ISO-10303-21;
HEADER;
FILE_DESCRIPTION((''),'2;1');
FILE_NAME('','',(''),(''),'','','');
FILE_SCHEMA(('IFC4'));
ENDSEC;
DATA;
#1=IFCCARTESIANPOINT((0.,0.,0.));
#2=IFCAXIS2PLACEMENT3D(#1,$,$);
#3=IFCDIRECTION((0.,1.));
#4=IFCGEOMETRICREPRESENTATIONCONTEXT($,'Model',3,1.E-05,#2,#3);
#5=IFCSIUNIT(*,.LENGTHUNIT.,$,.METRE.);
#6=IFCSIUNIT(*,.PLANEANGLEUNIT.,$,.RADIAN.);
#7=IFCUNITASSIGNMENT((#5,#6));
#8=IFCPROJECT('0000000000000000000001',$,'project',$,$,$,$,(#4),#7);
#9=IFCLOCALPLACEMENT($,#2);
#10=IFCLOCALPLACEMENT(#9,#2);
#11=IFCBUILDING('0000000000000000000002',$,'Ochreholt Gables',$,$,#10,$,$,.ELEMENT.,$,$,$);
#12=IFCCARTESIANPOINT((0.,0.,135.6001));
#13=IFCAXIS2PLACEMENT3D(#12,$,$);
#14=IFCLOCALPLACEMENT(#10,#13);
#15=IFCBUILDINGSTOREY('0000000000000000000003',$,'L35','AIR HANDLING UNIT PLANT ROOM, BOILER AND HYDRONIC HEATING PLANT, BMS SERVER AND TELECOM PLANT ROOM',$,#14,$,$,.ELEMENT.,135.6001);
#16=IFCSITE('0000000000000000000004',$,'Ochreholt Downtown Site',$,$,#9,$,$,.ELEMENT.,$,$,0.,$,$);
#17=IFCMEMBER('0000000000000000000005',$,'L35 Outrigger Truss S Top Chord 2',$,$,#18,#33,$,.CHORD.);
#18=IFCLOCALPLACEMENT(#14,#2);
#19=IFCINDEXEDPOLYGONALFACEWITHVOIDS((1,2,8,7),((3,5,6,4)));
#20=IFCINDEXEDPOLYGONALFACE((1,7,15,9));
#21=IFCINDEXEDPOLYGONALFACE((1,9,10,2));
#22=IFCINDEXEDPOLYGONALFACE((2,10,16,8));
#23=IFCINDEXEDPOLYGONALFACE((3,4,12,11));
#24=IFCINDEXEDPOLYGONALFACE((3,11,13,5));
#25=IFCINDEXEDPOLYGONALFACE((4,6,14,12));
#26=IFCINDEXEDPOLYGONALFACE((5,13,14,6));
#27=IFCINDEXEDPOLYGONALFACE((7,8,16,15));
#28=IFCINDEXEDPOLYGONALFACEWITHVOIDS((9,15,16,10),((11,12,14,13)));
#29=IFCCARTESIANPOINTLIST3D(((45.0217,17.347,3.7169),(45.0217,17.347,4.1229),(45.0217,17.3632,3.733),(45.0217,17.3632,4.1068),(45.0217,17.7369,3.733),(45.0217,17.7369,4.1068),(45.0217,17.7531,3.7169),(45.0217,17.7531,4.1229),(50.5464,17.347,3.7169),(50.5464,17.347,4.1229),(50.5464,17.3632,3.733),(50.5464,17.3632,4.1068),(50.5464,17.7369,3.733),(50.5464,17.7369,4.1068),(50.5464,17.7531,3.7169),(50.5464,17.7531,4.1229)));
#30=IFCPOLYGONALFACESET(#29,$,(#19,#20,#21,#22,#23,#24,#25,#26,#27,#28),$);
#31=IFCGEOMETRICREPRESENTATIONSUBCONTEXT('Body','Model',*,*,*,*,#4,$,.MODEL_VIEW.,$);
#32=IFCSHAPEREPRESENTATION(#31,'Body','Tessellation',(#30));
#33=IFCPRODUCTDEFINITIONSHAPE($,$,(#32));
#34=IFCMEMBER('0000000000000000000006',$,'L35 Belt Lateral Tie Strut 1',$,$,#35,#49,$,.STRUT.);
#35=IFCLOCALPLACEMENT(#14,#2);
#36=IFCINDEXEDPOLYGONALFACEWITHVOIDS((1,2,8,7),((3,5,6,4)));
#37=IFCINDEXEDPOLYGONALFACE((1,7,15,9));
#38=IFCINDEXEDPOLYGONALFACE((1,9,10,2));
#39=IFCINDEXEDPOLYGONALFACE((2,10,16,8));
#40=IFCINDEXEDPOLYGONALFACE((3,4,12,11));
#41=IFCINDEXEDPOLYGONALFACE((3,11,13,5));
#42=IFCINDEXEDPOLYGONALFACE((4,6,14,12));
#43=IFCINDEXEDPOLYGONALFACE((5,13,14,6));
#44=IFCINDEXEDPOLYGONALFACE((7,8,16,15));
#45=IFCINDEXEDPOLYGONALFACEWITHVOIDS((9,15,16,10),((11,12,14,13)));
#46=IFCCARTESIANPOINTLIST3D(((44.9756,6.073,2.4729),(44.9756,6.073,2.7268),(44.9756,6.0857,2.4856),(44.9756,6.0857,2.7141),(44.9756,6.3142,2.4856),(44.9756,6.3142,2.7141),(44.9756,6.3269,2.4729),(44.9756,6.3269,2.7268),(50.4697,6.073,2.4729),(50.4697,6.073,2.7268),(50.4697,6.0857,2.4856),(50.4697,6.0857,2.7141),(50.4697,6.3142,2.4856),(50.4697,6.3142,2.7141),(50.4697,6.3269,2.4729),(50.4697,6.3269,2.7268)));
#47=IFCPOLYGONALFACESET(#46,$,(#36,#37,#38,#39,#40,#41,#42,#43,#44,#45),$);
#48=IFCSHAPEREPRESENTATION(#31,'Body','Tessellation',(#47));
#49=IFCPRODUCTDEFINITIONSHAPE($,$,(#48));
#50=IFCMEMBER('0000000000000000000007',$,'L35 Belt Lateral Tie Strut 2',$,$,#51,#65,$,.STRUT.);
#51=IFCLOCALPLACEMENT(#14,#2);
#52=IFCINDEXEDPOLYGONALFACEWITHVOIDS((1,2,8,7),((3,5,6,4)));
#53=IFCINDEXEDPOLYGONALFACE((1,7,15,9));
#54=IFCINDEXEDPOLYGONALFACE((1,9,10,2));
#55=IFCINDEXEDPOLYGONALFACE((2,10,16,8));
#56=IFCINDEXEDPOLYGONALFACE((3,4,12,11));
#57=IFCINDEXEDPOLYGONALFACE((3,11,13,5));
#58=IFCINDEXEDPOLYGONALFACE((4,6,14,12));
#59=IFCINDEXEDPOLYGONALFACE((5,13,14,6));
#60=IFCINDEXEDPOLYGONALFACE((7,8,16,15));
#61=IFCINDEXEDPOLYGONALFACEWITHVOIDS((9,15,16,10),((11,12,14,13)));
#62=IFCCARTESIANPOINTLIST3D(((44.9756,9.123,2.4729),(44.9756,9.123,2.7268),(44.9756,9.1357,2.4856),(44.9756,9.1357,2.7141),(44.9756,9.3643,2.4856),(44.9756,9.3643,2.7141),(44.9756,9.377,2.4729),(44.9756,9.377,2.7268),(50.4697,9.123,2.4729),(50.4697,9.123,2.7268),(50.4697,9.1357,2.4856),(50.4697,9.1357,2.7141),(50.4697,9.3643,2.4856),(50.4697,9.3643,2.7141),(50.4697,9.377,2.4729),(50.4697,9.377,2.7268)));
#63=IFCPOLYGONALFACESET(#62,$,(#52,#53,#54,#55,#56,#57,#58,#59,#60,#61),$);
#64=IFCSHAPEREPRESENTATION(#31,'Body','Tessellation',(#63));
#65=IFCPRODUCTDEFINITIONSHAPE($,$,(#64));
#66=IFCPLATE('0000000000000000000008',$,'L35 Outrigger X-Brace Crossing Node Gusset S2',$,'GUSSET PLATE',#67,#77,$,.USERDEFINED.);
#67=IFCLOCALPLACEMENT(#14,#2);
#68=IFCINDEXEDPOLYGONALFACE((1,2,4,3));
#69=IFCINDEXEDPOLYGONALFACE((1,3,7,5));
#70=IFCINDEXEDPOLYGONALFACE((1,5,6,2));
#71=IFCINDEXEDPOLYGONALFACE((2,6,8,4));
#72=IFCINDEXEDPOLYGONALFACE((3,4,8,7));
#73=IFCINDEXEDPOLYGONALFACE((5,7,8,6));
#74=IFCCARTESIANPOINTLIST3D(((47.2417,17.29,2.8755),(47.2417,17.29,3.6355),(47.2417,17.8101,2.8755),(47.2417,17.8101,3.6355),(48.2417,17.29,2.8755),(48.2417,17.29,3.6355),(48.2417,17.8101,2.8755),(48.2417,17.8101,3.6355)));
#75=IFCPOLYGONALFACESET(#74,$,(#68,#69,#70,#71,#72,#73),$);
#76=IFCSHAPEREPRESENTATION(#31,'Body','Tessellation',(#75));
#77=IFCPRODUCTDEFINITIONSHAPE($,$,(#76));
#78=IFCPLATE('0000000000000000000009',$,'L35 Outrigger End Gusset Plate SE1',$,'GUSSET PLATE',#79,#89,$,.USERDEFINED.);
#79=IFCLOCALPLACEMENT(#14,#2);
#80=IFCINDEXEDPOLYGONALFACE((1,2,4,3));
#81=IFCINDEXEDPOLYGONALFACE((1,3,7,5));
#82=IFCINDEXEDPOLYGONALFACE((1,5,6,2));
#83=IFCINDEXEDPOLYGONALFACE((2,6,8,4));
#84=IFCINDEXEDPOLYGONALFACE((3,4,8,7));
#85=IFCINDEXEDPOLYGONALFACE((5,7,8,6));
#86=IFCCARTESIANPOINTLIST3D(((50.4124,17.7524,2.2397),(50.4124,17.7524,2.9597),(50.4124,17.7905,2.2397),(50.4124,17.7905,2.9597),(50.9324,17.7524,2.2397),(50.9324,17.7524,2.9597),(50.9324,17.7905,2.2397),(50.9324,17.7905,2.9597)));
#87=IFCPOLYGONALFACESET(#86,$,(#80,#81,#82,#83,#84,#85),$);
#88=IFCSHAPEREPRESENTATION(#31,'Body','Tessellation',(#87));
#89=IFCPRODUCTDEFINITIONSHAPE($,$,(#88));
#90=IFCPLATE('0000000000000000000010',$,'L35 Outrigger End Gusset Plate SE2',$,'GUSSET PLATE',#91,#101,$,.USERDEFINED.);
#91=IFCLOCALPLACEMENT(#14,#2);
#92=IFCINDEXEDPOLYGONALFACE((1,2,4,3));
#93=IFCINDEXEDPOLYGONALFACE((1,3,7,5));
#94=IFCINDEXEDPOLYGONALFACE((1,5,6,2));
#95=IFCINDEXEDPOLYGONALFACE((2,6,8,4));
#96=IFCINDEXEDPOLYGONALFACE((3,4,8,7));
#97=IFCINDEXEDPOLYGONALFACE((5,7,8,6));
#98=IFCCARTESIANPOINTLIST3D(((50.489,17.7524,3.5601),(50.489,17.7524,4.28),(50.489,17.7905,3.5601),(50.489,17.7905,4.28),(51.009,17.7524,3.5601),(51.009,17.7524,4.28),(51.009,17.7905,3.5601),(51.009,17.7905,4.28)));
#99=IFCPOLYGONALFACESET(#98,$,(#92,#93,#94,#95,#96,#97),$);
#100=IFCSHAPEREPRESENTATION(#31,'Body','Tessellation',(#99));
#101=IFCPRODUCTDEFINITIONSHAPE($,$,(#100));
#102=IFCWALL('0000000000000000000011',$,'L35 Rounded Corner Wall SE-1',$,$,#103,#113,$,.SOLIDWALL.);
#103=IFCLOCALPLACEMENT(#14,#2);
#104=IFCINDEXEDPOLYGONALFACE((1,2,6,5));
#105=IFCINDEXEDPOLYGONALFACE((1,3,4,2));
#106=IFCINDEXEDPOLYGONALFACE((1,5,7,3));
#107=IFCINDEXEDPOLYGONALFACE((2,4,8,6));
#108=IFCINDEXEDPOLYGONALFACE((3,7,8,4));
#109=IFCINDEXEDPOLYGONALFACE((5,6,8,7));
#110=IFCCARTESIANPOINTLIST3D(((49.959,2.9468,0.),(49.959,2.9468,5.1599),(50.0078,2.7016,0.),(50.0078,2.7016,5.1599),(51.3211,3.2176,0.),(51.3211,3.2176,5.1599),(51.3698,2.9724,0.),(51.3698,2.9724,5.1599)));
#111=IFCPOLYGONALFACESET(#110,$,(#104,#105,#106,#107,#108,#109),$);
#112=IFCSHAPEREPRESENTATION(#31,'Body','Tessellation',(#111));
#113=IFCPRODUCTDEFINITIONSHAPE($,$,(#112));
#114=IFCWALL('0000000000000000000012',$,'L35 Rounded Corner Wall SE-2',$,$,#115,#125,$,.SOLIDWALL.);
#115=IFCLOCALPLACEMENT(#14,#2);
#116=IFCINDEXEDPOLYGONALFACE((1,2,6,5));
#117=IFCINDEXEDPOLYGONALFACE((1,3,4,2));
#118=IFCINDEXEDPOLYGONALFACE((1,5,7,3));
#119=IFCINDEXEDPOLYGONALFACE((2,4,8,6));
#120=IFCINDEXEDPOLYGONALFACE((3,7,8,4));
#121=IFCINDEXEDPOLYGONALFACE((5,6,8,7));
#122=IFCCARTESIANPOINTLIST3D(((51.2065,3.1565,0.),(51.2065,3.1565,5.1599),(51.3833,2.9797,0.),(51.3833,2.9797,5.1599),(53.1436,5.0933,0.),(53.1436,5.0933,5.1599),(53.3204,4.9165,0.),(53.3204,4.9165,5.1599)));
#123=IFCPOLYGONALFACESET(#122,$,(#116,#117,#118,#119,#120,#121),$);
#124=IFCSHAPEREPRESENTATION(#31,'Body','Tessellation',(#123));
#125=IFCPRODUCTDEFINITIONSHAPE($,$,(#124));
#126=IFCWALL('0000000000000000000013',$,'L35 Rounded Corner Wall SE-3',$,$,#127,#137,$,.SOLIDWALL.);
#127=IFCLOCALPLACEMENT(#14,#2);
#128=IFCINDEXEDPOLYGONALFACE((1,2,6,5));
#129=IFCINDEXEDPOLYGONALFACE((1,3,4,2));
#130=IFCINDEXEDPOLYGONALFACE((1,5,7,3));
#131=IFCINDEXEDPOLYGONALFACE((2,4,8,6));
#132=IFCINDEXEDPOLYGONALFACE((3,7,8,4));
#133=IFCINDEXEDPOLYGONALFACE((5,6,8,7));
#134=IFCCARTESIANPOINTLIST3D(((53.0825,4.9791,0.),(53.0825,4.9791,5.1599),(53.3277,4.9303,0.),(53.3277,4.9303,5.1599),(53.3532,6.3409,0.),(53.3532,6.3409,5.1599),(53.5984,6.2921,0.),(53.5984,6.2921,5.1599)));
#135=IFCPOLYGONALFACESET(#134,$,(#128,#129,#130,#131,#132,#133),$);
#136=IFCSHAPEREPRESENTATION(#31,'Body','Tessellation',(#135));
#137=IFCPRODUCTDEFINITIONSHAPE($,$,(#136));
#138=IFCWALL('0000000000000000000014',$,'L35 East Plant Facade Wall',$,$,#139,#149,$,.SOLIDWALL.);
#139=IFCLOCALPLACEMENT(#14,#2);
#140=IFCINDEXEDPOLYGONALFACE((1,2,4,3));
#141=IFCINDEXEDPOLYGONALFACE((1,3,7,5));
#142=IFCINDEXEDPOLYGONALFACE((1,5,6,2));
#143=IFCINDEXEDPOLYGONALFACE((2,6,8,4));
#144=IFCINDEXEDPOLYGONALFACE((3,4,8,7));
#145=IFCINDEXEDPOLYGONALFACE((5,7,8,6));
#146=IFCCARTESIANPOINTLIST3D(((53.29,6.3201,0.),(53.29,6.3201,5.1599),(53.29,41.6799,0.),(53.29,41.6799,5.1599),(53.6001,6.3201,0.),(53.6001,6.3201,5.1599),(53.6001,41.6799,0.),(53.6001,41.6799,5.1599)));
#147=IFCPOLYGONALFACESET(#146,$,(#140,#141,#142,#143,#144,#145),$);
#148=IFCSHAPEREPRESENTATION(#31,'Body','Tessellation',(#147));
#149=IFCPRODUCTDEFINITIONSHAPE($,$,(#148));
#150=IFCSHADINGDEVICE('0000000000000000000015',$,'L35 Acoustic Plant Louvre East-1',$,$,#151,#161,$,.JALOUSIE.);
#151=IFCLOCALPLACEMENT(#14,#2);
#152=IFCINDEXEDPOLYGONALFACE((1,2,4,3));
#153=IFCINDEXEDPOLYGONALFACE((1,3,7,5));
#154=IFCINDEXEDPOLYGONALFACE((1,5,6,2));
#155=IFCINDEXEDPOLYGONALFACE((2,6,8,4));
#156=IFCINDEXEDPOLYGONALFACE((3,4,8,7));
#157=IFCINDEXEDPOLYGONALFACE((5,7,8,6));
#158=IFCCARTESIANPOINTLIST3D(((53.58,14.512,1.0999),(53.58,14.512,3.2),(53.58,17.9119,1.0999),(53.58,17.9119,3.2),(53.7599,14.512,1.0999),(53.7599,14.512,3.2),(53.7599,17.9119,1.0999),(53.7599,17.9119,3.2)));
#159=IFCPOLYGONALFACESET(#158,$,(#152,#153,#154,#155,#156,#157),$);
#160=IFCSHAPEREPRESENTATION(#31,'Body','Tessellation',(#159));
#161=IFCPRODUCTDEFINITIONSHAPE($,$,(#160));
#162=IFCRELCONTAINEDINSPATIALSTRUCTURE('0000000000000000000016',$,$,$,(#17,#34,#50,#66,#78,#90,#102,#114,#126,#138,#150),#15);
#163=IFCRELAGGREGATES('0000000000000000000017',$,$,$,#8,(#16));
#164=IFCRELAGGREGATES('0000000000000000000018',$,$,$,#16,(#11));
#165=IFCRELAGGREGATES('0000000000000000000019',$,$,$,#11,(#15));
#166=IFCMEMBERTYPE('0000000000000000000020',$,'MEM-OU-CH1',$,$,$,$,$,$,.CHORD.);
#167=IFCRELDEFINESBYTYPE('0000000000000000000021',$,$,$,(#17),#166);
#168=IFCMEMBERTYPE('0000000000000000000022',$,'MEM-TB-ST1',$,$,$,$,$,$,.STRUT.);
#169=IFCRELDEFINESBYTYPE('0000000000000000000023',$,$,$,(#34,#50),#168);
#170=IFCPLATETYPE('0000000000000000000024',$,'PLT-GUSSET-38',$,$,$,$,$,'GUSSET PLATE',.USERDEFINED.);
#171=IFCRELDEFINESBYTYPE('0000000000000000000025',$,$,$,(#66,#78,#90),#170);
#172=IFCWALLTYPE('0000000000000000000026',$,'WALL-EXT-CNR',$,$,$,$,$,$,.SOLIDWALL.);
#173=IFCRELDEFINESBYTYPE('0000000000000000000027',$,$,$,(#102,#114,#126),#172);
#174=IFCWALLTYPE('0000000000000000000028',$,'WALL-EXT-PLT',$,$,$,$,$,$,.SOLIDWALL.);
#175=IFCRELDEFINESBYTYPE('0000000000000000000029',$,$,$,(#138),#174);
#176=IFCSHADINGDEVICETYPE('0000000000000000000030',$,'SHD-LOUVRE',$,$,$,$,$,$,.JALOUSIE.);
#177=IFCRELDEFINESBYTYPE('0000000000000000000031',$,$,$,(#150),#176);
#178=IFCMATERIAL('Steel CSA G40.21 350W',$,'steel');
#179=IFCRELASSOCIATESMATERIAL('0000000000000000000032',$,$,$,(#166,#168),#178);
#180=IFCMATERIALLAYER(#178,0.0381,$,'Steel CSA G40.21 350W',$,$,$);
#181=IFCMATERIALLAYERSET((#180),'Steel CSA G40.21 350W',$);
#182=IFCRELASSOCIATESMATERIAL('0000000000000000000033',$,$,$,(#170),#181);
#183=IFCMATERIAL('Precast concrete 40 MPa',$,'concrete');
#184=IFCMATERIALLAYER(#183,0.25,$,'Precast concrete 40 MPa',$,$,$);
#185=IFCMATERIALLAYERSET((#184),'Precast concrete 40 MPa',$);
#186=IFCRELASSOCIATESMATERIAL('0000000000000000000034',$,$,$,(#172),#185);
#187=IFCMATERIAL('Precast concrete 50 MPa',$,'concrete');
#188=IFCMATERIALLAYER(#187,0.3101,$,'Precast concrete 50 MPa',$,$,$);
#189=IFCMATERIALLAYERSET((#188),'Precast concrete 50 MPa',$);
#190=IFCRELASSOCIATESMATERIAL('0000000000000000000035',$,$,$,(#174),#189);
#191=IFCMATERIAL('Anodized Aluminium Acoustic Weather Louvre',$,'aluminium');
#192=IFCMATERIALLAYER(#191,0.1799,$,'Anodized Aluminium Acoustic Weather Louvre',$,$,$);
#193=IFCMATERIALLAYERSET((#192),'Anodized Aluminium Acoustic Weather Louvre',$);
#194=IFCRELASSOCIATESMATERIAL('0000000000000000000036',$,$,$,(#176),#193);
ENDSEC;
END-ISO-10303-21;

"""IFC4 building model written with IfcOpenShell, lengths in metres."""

from ifc_helpers import new_model, si_unit, direction, frame, frame_2d, origin, origin_2d, place, context, subcontext, project, spatial, rectangle, hollow_rectangle, extrude, material, layer, layer_set, material_profile, profile_set, type_object, element, save


model = new_model("IFC4")

# Units and contexts
model_context = context("Model", 3, precision=1e-05, world=origin(), true_north=direction((0.0, 1.0)))
body_context = subcontext(model_context, "Body", "Model", "MODEL_VIEW")
ifc_project = project(units=[si_unit("LENGTHUNIT", "METRE"), si_unit("PLANEANGLEUNIT", "RADIAN")], contexts=[model_context])

# Site, building, storey
site_placement = place(None, origin())
site = spatial("IfcSite", under=ifc_project, at=site_placement, Name="Ochreholt Downtown Site", CompositionType="ELEMENT", RefElevation=0.0)
building_placement = place(site_placement, origin())
building = spatial("IfcBuilding", under=site, at=building_placement, Name="Ochreholt Gables", CompositionType="ELEMENT")
storey_placement = place(building_placement, frame((0.0, 0.0, 135.6001)))
storey = spatial("IfcBuildingStorey", under=building, at=storey_placement, Name="L35", Description="AIR HANDLING UNIT PLANT ROOM, BOILER AND HYDRONIC HEATING PLANT, BMS SERVER AND TELECOM PLANT ROOM", CompositionType="ELEMENT", Elevation=135.6001)

# Shared definitions
ifc_material_1 = material(Name="Steel CSA G40.21 350W", Category="steel")

# Members
ifc_material_profile_1 = material_profile(ifc_material_1, hollow_rectangle(XDim=0.406, YDim=0.406, WallThickness=0.0161, at=origin_2d()), Name="HSS406X406X16")
ifc_profile_set_1 = profile_set([ifc_material_profile_1], Name="Steel CSA G40.21 350W")
member_type_1 = type_object("IfcMemberType", Name="MEM-OU-CH1", PredefinedType="CHORD", material=ifc_profile_set_1)
member_1_placement = place(storey_placement, frame((45.0217, 17.55, 3.9199), z_axis=(1.0, 0.0, 0.0), x_axis=(0.0, 1.0, 0.0)))
element("IfcMember", 1, at=member_1_placement, inside=storey, type_object=member_type_1, Name="L35 Outrigger Truss S Top Chord 2", PredefinedType="CHORD", context=body_context, shape_type="SweptSolid", body=[
    extrude(hollow_rectangle(XDim=0.406, YDim=0.406, WallThickness=0.0161, at=origin_2d()), origin(), (0.0, 0.0, 1.0), 5.5247),
])
ifc_material_profile_2 = material_profile(ifc_material_1, hollow_rectangle(XDim=0.2539, YDim=0.2539, WallThickness=0.0127, at=origin_2d()), Name="HSS254X254X13")
ifc_profile_set_2 = profile_set([ifc_material_profile_2], Name="Steel CSA G40.21 350W")
member_type_2 = type_object("IfcMemberType", Name="MEM-TB-ST1", PredefinedType="STRUT", material=ifc_profile_set_2)
for number, where, z_axis, x_axis, name in (
    (2, (44.9756, 6.2, 2.5999), (1.0, 0.0, 0.0), (0.0, 1.0, 0.0), "L35 Belt Lateral Tie Strut 1"),
    (3, (44.9756, 9.25, 2.5999), (1.0, 0.0, 0.0), (0.0, 1.0, 0.0), "L35 Belt Lateral Tie Strut 2"),
):
    element("IfcMember", number, at=place(storey_placement, frame(where, z_axis=z_axis, x_axis=x_axis)), inside=storey, type_object=member_type_2, Name=name, PredefinedType="STRUT", context=body_context, shape_type="SweptSolid", body=[
        extrude(hollow_rectangle(XDim=0.2539, YDim=0.2539, WallThickness=0.0127, at=origin_2d()), origin(), (0.0, 0.0, 1.0), 5.4941),
    ])

# Plates
ifc_layer_1 = layer(ifc_material_1, 0.0381, Name="Steel CSA G40.21 350W")
ifc_layer_set_1 = layer_set([ifc_layer_1], Name="Steel CSA G40.21 350W")
plate_type = type_object("IfcPlateType", Name="PLT-GUSSET-38", ElementType="GUSSET PLATE", PredefinedType="USERDEFINED", material=ifc_layer_set_1)
plate_placement = place(storey_placement, frame((47.7417, 17.55, 2.8755), z_axis=(0.0, 0.0, 1.0), x_axis=(1.0, 0.0, 0.0)))
element("IfcPlate", 4, at=plate_placement, inside=storey, type_object=plate_type, Name="L35 Outrigger X-Brace Crossing Node Gusset S2", ObjectType="GUSSET PLATE", PredefinedType="USERDEFINED", context=body_context, shape_type="SweptSolid", body=[
    extrude(rectangle(XDim=1.0, YDim=0.52, at=origin_2d()), origin(), (0.0, 0.0, 1.0), 0.76),
])
for number, where, z_axis, x_axis, name in (
    (5, (50.6724, 17.7715, 2.2397), (0.0, 0.0, 1.0), (1.0, 0.0, 0.0), "L35 Outrigger End Gusset Plate SE1"),
    (6, (50.749, 17.7715, 3.5601), (0.0, 0.0, 1.0), (1.0, 0.0, 0.0), "L35 Outrigger End Gusset Plate SE2"),
):
    element("IfcPlate", number, at=place(storey_placement, frame(where, z_axis=z_axis, x_axis=x_axis)), inside=storey, type_object=plate_type, Name=name, ObjectType="GUSSET PLATE", PredefinedType="USERDEFINED", context=body_context, shape_type="SweptSolid", body=[
        extrude(rectangle(XDim=0.52, YDim=0.0381, at=origin_2d()), origin(), (0.0, 0.0, 1.0), 0.72),
    ])

# Walls
ifc_material_2 = material(Name="Precast concrete 40 MPa", Category="concrete")
ifc_layer_2 = layer(ifc_material_2, 0.25, Name="Precast concrete 40 MPa")
ifc_layer_set_2 = layer_set([ifc_layer_2], Name="Precast concrete 40 MPa")
wall_type_1 = type_object("IfcWallType", Name="WALL-EXT-CNR", PredefinedType="SOLIDWALL", material=ifc_layer_set_2)
wall_1_placement = place(storey_placement, frame((49.9834, 2.8242, 0.0), z_axis=(0.0, 0.0, 1.0), x_axis=(0.98081, 0.194967, 0.0)))
element("IfcWall", 7, at=wall_1_placement, inside=storey, type_object=wall_type_1, Name="L35 Rounded Corner Wall SE-1", PredefinedType="SOLIDWALL", context=body_context, shape_type="SweptSolid", body=[
    extrude(rectangle(XDim=1.3887, YDim=0.25, at=frame_2d((0.6943, 0.0))), origin(), (0.0, 0.0, 1.0), 5.1599),
])
wall_2_placement = place(storey_placement, frame((51.2949, 3.0681, 0.0), z_axis=(0.0, 0.0, 1.0), x_axis=(0.707151, 0.707062, 0.0)))
element("IfcWall", 8, at=wall_2_placement, inside=storey, type_object=wall_type_1, Name="L35 Rounded Corner Wall SE-2", PredefinedType="SOLIDWALL", context=body_context, shape_type="SweptSolid", body=[
    extrude(rectangle(XDim=2.7393, YDim=0.25, at=frame_2d((1.3696, 0.0))), origin(), (0.0, 0.0, 1.0), 5.1599),
])
wall_3_placement = place(storey_placement, frame((53.2051, 4.9546, 0.0), z_axis=(0.0, 0.0, 1.0), x_axis=(0.195, 0.980803, 0.0)))
element("IfcWall", 9, at=wall_3_placement, inside=storey, type_object=wall_type_1, Name="L35 Rounded Corner Wall SE-3", PredefinedType="SOLIDWALL", context=body_context, shape_type="SweptSolid", body=[
    extrude(rectangle(XDim=1.3884, YDim=0.25, at=frame_2d((0.6943, 0.0))), origin(), (0.0, 0.0, 1.0), 5.1599),
])
ifc_material_3 = material(Name="Precast concrete 50 MPa", Category="concrete")
ifc_layer_3 = layer(ifc_material_3, 0.3101, Name="Precast concrete 50 MPa")
ifc_layer_set_3 = layer_set([ifc_layer_3], Name="Precast concrete 50 MPa")
wall_type_2 = type_object("IfcWallType", Name="WALL-EXT-PLT", PredefinedType="SOLIDWALL", material=ifc_layer_set_3)
wall_4_placement = place(storey_placement, frame((53.4451, 6.3201, 0.0), z_axis=(0.0, 0.0, 1.0), x_axis=(0.0, 1.0, 0.0)))
element("IfcWall", 10, at=wall_4_placement, inside=storey, type_object=wall_type_2, Name="L35 East Plant Facade Wall", PredefinedType="SOLIDWALL", context=body_context, shape_type="SweptSolid", body=[
    extrude(rectangle(XDim=35.3599, YDim=0.3101, at=frame_2d((17.6799, 0.0))), origin(), (0.0, 0.0, 1.0), 5.1599),
])

# Shading device
ifc_material_4 = material(Name="Anodized Aluminium Acoustic Weather Louvre", Category="aluminium")
ifc_layer_4 = layer(ifc_material_4, 0.1799, Name="Anodized Aluminium Acoustic Weather Louvre")
ifc_layer_set_4 = layer_set([ifc_layer_4], Name="Anodized Aluminium Acoustic Weather Louvre")
shading_device_type = type_object("IfcShadingDeviceType", Name="SHD-LOUVRE", PredefinedType="JALOUSIE", material=ifc_layer_set_4)
shading_device_placement = place(storey_placement, frame((53.6699, 16.2119, 1.0999), z_axis=(0.0, 0.0, 1.0), x_axis=(0.0, 1.0, 0.0)))
element("IfcShadingDevice", 11, at=shading_device_placement, inside=storey, type_object=shading_device_type, Name="L35 Acoustic Plant Louvre East-1", PredefinedType="JALOUSIE", context=body_context, shape_type="SweptSolid", body=[
    extrude(rectangle(XDim=3.3999, YDim=0.1799, at=origin_2d()), origin(), (0.0, 0.0, 1.0), 2.1001),
])

save(model, "model.ifc")
